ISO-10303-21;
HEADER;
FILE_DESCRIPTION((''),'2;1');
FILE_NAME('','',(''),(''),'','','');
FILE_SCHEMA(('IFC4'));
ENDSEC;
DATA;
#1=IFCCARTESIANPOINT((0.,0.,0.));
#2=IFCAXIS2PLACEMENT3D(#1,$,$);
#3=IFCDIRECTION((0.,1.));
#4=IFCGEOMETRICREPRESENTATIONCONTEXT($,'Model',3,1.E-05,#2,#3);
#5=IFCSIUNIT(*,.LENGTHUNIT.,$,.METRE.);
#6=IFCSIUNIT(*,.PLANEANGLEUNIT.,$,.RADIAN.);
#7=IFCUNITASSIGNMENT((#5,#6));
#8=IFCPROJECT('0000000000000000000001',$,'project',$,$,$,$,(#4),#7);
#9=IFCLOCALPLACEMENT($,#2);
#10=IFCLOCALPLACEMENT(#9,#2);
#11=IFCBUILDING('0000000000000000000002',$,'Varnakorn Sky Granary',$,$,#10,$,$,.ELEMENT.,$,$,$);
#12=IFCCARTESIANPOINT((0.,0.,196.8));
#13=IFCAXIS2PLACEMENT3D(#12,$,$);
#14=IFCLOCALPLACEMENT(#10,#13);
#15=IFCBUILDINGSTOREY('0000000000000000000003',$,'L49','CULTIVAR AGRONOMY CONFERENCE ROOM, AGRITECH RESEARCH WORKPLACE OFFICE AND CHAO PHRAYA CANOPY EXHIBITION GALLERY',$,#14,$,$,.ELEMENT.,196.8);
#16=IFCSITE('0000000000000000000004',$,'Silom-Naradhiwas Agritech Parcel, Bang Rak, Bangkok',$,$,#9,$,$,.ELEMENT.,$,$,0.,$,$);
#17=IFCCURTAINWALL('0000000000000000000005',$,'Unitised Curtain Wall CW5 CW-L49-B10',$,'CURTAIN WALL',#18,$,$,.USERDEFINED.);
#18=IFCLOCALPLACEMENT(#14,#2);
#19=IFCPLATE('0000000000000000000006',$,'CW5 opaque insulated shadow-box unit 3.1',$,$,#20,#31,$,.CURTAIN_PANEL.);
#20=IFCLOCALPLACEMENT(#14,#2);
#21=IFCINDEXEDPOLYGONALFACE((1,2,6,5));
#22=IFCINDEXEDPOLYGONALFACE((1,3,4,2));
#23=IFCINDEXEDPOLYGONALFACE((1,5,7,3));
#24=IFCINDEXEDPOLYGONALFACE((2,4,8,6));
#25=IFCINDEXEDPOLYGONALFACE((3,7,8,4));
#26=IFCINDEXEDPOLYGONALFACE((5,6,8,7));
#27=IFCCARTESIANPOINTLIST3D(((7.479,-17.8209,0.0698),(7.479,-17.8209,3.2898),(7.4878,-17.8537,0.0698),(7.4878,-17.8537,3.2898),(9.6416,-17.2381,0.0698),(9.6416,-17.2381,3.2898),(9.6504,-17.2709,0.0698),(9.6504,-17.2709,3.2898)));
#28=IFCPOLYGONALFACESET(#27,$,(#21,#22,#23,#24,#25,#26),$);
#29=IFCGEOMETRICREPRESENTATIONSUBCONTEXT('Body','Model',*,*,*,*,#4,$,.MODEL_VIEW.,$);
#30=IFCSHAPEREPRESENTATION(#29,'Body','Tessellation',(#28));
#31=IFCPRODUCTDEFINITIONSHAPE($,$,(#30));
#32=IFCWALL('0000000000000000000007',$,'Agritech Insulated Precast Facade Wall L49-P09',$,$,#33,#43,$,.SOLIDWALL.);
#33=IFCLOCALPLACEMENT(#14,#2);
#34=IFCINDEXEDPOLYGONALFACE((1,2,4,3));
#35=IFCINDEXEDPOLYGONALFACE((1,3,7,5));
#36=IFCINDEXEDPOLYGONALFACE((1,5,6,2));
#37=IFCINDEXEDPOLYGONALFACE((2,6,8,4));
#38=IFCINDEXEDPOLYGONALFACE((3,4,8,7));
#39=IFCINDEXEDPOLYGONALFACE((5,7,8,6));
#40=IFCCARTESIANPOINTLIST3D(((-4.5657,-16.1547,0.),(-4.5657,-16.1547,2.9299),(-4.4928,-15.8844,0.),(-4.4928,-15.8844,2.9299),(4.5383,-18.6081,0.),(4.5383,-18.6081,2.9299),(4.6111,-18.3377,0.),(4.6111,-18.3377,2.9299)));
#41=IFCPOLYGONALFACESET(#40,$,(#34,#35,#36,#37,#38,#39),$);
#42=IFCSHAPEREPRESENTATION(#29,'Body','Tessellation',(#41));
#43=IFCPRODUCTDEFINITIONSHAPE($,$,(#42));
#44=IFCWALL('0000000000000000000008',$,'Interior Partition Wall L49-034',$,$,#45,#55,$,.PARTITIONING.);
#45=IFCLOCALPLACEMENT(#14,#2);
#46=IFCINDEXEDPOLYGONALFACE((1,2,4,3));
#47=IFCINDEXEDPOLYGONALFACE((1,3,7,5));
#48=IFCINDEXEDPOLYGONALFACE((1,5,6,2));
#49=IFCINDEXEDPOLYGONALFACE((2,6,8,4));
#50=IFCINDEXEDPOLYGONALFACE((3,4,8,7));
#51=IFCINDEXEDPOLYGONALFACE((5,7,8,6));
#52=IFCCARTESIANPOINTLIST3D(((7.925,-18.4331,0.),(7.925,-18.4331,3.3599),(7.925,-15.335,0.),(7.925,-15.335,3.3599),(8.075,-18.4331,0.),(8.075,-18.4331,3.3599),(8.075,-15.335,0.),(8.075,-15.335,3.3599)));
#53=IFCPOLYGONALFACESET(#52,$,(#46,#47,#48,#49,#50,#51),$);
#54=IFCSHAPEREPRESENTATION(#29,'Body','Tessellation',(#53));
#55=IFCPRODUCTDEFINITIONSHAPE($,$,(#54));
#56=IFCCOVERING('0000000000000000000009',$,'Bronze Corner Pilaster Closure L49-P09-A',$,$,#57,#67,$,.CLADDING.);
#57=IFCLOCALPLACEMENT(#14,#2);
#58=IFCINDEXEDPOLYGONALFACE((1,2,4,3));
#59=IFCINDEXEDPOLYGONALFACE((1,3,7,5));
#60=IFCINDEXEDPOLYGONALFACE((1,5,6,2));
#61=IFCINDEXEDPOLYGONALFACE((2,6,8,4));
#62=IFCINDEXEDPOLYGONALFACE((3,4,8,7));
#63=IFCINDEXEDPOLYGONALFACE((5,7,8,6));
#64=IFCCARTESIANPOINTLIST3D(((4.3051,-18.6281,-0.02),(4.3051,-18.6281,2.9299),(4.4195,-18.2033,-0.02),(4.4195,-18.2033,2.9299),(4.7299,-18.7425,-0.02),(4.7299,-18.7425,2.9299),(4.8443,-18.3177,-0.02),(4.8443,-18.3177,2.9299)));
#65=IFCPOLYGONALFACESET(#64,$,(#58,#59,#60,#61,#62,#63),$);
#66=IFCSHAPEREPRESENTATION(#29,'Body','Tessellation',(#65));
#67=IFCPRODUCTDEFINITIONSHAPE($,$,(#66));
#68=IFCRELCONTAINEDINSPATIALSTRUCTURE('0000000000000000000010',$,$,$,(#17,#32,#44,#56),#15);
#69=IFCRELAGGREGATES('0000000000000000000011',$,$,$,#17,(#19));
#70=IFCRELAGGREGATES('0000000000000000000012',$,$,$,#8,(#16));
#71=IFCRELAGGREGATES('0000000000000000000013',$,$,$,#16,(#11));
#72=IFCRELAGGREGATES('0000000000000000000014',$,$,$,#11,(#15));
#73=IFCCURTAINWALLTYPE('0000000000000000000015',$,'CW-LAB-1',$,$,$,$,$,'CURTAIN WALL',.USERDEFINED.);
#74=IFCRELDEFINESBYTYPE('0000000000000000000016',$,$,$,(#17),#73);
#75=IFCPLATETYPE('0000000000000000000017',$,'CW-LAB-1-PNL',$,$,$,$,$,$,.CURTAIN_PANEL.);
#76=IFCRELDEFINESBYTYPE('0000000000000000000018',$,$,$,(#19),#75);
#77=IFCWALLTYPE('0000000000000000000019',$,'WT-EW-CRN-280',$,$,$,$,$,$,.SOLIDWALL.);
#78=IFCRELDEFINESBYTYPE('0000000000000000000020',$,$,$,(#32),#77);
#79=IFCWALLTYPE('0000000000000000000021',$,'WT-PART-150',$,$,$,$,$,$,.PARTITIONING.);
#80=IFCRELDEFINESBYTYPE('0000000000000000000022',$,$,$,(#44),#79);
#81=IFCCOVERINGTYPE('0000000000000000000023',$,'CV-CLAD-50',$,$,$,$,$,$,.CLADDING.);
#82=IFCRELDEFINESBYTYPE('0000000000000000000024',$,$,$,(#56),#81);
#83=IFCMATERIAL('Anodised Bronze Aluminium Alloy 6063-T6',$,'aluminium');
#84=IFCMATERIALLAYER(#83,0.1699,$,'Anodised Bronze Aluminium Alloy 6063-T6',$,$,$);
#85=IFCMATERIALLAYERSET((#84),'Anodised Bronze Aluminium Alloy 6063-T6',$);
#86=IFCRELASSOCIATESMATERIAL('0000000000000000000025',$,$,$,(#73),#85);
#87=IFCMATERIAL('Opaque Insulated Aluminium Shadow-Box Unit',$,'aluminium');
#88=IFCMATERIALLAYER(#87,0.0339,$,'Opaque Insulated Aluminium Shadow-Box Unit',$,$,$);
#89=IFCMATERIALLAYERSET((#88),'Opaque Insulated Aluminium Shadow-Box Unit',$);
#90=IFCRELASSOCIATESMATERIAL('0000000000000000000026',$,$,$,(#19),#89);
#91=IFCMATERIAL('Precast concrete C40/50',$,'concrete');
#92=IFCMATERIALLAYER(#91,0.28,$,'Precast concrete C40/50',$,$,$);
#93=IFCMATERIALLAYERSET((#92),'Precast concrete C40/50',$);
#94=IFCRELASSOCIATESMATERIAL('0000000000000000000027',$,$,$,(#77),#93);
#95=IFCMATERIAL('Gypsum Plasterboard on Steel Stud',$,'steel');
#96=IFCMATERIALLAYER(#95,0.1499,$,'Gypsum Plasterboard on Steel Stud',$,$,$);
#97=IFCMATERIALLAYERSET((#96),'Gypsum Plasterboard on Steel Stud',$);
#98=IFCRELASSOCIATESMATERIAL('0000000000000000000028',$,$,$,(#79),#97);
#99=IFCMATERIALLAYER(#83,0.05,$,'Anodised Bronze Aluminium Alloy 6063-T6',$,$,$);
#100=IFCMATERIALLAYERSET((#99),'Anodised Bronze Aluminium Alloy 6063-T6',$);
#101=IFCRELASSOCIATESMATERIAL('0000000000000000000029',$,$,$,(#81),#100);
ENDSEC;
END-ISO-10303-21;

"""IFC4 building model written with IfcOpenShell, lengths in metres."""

from ifc_helpers import new_model, si_unit, direction, frame, frame_2d, origin, origin_2d, place, context, subcontext, project, spatial, rectangle, extrude, source, transform, mapped, material, layer, layer_set, type_object, type_shapes, element, aggregate, save


model = new_model("IFC4")

# Units and contexts
model_context = context("Model", 3, precision=1e-05, world=origin(), true_north=direction((0.0, 1.0)))
body_context = subcontext(model_context, "Body", "Model", "MODEL_VIEW")
ifc_project = project(units=[si_unit("LENGTHUNIT", "METRE"), si_unit("PLANEANGLEUNIT", "RADIAN")], contexts=[model_context])

# Site, building, storey
site_placement = place(None, origin())
site = spatial("IfcSite", under=ifc_project, at=site_placement, Name="Silom-Naradhiwas Agritech Parcel, Bang Rak, Bangkok", CompositionType="ELEMENT", RefElevation=0.0)
building_placement = place(site_placement, origin())
building = spatial("IfcBuilding", under=site, at=building_placement, Name="Varnakorn Sky Granary", CompositionType="ELEMENT")
storey_placement = place(building_placement, frame((0.0, 0.0, 196.8)))
storey = spatial("IfcBuildingStorey", under=building, at=storey_placement, Name="L49", Description="CULTIVAR AGRONOMY CONFERENCE ROOM, AGRITECH RESEARCH WORKPLACE OFFICE AND CHAO PHRAYA CANOPY EXHIBITION GALLERY", CompositionType="ELEMENT", Elevation=196.8)

# Curtain wall
ifc_material_1 = material(Name="Anodised Bronze Aluminium Alloy 6063-T6", Category="aluminium")
ifc_layer_1 = layer(ifc_material_1, 0.1699, Name="Anodised Bronze Aluminium Alloy 6063-T6")
ifc_layer_set_1 = layer_set([ifc_layer_1], Name="Anodised Bronze Aluminium Alloy 6063-T6")
curtain_wall_type = type_object("IfcCurtainWallType", Name="CW-LAB-1", ElementType="CURTAIN WALL", PredefinedType="USERDEFINED", material=ifc_layer_set_1)
curtain_wall_placement = place(storey_placement, origin())
curtain_wall = element("IfcCurtainWall", 1, at=curtain_wall_placement, inside=storey, type_object=curtain_wall_type, Name="Unitised Curtain Wall CW5 CW-L49-B10", ObjectType="CURTAIN WALL", PredefinedType="USERDEFINED")

# Plate
plate_type = type_object("IfcPlateType", Name="CW-LAB-1-PNL", PredefinedType="CURTAIN_PANEL")
ifc_material_2 = material(Name="Opaque Insulated Aluminium Shadow-Box Unit", Category="aluminium")
ifc_layer_2 = layer(ifc_material_2, 0.0339, Name="Opaque Insulated Aluminium Shadow-Box Unit")
ifc_layer_set_2 = layer_set([ifc_layer_2], Name="Opaque Insulated Aluminium Shadow-Box Unit")
shared_shape_1 = source(origin(), body_context, "Body", "SweptSolid", [
    extrude(rectangle(XDim=2.2397, YDim=0.0339, at=origin_2d()), origin(), (0.0, 0.0, 1.0), 3.22),
])
plate_1_placement = place(storey_placement, frame((8.5647, -17.5459, 0.0698), z_axis=(0.0, 0.0, 1.0), x_axis=(-0.965556, -0.260196, 0.0)))
plate_1 = element("IfcPlate", 2, at=plate_1_placement, type_object=plate_type, material=ifc_layer_set_2, Name="CW5 opaque insulated shadow-box unit 3.1", PredefinedType="CURTAIN_PANEL", context=body_context, shape_type="MappedRepresentation", body=[
    mapped(shared_shape_1, transform((0.0, 0.0, 0.0), x_axis=(1.0, 0.0, 0.0), y_axis=(0.0, 1.0, 0.0), z_axis=(0.0, 0.0, 1.0), scale=1.0)),
])
aggregate(curtain_wall, [plate_1])

# Walls
ifc_material_3 = material(Name="Precast concrete C40/50", Category="concrete")
ifc_layer_3 = layer(ifc_material_3, 0.28, Name="Precast concrete C40/50")
ifc_layer_set_3 = layer_set([ifc_layer_3], Name="Precast concrete C40/50")
wall_type_1 = type_object("IfcWallType", Name="WT-EW-CRN-280", PredefinedType="SOLIDWALL", material=ifc_layer_set_3)
wall_1_placement = place(storey_placement, frame((4.5747, -18.4729, 0.0), z_axis=(0.0, 0.0, 1.0), x_axis=(-0.965555, 0.2602, 0.0)))
element("IfcWall", 3, at=wall_1_placement, inside=storey, type_object=wall_type_1, Name="Agritech Insulated Precast Facade Wall L49-P09", PredefinedType="SOLIDWALL", context=body_context, shape_type="SweptSolid", body=[
    extrude(rectangle(XDim=9.4287, YDim=0.28, at=frame_2d((4.7144, 0.0))), origin(), (0.0, 0.0, 1.0), 2.9299),
])
ifc_material_4 = material(Name="Gypsum Plasterboard on Steel Stud", Category="steel")
ifc_layer_4 = layer(ifc_material_4, 0.1499, Name="Gypsum Plasterboard on Steel Stud")
ifc_layer_set_4 = layer_set([ifc_layer_4], Name="Gypsum Plasterboard on Steel Stud")
wall_type_2 = type_object("IfcWallType", Name="WT-PART-150", PredefinedType="PARTITIONING", material=ifc_layer_set_4)
wall_2_placement = place(storey_placement, frame((8.0, -15.335, 0.0), z_axis=(0.0, 0.0, 1.0), x_axis=(0.0, -1.0, 0.0)))
element("IfcWall", 4, at=wall_2_placement, inside=storey, type_object=wall_type_2, Name="Interior Partition Wall L49-034", PredefinedType="PARTITIONING", context=body_context, shape_type="SweptSolid", body=[
    extrude(rectangle(XDim=3.0981, YDim=0.1499, at=frame_2d((1.5491, 0.0))), origin(), (0.0, 0.0, 1.0), 3.3599),
])

# Covering
ifc_layer_5 = layer(ifc_material_1, 0.05, Name="Anodised Bronze Aluminium Alloy 6063-T6")
ifc_layer_set_5 = layer_set([ifc_layer_5], Name="Anodised Bronze Aluminium Alloy 6063-T6")
covering_type = type_object("IfcCoveringType", Name="CV-CLAD-50", PredefinedType="CLADDING", material=ifc_layer_set_5)
shared_shape_2 = source(origin(), body_context, "Body", "SweptSolid", [
    extrude(rectangle(XDim=0.4399, YDim=0.4399, at=origin_2d()), origin(), (0.0, 0.0, 1.0), 2.95),
])
type_shapes(covering_type, [shared_shape_2])
covering_placement = place(storey_placement, frame((4.5747, -18.4729, -0.02), z_axis=(0.0, 0.0, 1.0), x_axis=(-0.965564, 0.260167, 0.0)))
element("IfcCovering", 5, at=covering_placement, inside=storey, type_object=covering_type, Name="Bronze Corner Pilaster Closure L49-P09-A", PredefinedType="CLADDING", context=body_context, shape_type="MappedRepresentation", body=[
    mapped(shared_shape_2, transform((0.0, 0.0, 0.0), x_axis=(1.0, 0.0, 0.0), y_axis=(0.0, 1.0, 0.0), z_axis=(0.0, 0.0, 1.0), scale=1.0)),
])

save(model, "model.ifc")
